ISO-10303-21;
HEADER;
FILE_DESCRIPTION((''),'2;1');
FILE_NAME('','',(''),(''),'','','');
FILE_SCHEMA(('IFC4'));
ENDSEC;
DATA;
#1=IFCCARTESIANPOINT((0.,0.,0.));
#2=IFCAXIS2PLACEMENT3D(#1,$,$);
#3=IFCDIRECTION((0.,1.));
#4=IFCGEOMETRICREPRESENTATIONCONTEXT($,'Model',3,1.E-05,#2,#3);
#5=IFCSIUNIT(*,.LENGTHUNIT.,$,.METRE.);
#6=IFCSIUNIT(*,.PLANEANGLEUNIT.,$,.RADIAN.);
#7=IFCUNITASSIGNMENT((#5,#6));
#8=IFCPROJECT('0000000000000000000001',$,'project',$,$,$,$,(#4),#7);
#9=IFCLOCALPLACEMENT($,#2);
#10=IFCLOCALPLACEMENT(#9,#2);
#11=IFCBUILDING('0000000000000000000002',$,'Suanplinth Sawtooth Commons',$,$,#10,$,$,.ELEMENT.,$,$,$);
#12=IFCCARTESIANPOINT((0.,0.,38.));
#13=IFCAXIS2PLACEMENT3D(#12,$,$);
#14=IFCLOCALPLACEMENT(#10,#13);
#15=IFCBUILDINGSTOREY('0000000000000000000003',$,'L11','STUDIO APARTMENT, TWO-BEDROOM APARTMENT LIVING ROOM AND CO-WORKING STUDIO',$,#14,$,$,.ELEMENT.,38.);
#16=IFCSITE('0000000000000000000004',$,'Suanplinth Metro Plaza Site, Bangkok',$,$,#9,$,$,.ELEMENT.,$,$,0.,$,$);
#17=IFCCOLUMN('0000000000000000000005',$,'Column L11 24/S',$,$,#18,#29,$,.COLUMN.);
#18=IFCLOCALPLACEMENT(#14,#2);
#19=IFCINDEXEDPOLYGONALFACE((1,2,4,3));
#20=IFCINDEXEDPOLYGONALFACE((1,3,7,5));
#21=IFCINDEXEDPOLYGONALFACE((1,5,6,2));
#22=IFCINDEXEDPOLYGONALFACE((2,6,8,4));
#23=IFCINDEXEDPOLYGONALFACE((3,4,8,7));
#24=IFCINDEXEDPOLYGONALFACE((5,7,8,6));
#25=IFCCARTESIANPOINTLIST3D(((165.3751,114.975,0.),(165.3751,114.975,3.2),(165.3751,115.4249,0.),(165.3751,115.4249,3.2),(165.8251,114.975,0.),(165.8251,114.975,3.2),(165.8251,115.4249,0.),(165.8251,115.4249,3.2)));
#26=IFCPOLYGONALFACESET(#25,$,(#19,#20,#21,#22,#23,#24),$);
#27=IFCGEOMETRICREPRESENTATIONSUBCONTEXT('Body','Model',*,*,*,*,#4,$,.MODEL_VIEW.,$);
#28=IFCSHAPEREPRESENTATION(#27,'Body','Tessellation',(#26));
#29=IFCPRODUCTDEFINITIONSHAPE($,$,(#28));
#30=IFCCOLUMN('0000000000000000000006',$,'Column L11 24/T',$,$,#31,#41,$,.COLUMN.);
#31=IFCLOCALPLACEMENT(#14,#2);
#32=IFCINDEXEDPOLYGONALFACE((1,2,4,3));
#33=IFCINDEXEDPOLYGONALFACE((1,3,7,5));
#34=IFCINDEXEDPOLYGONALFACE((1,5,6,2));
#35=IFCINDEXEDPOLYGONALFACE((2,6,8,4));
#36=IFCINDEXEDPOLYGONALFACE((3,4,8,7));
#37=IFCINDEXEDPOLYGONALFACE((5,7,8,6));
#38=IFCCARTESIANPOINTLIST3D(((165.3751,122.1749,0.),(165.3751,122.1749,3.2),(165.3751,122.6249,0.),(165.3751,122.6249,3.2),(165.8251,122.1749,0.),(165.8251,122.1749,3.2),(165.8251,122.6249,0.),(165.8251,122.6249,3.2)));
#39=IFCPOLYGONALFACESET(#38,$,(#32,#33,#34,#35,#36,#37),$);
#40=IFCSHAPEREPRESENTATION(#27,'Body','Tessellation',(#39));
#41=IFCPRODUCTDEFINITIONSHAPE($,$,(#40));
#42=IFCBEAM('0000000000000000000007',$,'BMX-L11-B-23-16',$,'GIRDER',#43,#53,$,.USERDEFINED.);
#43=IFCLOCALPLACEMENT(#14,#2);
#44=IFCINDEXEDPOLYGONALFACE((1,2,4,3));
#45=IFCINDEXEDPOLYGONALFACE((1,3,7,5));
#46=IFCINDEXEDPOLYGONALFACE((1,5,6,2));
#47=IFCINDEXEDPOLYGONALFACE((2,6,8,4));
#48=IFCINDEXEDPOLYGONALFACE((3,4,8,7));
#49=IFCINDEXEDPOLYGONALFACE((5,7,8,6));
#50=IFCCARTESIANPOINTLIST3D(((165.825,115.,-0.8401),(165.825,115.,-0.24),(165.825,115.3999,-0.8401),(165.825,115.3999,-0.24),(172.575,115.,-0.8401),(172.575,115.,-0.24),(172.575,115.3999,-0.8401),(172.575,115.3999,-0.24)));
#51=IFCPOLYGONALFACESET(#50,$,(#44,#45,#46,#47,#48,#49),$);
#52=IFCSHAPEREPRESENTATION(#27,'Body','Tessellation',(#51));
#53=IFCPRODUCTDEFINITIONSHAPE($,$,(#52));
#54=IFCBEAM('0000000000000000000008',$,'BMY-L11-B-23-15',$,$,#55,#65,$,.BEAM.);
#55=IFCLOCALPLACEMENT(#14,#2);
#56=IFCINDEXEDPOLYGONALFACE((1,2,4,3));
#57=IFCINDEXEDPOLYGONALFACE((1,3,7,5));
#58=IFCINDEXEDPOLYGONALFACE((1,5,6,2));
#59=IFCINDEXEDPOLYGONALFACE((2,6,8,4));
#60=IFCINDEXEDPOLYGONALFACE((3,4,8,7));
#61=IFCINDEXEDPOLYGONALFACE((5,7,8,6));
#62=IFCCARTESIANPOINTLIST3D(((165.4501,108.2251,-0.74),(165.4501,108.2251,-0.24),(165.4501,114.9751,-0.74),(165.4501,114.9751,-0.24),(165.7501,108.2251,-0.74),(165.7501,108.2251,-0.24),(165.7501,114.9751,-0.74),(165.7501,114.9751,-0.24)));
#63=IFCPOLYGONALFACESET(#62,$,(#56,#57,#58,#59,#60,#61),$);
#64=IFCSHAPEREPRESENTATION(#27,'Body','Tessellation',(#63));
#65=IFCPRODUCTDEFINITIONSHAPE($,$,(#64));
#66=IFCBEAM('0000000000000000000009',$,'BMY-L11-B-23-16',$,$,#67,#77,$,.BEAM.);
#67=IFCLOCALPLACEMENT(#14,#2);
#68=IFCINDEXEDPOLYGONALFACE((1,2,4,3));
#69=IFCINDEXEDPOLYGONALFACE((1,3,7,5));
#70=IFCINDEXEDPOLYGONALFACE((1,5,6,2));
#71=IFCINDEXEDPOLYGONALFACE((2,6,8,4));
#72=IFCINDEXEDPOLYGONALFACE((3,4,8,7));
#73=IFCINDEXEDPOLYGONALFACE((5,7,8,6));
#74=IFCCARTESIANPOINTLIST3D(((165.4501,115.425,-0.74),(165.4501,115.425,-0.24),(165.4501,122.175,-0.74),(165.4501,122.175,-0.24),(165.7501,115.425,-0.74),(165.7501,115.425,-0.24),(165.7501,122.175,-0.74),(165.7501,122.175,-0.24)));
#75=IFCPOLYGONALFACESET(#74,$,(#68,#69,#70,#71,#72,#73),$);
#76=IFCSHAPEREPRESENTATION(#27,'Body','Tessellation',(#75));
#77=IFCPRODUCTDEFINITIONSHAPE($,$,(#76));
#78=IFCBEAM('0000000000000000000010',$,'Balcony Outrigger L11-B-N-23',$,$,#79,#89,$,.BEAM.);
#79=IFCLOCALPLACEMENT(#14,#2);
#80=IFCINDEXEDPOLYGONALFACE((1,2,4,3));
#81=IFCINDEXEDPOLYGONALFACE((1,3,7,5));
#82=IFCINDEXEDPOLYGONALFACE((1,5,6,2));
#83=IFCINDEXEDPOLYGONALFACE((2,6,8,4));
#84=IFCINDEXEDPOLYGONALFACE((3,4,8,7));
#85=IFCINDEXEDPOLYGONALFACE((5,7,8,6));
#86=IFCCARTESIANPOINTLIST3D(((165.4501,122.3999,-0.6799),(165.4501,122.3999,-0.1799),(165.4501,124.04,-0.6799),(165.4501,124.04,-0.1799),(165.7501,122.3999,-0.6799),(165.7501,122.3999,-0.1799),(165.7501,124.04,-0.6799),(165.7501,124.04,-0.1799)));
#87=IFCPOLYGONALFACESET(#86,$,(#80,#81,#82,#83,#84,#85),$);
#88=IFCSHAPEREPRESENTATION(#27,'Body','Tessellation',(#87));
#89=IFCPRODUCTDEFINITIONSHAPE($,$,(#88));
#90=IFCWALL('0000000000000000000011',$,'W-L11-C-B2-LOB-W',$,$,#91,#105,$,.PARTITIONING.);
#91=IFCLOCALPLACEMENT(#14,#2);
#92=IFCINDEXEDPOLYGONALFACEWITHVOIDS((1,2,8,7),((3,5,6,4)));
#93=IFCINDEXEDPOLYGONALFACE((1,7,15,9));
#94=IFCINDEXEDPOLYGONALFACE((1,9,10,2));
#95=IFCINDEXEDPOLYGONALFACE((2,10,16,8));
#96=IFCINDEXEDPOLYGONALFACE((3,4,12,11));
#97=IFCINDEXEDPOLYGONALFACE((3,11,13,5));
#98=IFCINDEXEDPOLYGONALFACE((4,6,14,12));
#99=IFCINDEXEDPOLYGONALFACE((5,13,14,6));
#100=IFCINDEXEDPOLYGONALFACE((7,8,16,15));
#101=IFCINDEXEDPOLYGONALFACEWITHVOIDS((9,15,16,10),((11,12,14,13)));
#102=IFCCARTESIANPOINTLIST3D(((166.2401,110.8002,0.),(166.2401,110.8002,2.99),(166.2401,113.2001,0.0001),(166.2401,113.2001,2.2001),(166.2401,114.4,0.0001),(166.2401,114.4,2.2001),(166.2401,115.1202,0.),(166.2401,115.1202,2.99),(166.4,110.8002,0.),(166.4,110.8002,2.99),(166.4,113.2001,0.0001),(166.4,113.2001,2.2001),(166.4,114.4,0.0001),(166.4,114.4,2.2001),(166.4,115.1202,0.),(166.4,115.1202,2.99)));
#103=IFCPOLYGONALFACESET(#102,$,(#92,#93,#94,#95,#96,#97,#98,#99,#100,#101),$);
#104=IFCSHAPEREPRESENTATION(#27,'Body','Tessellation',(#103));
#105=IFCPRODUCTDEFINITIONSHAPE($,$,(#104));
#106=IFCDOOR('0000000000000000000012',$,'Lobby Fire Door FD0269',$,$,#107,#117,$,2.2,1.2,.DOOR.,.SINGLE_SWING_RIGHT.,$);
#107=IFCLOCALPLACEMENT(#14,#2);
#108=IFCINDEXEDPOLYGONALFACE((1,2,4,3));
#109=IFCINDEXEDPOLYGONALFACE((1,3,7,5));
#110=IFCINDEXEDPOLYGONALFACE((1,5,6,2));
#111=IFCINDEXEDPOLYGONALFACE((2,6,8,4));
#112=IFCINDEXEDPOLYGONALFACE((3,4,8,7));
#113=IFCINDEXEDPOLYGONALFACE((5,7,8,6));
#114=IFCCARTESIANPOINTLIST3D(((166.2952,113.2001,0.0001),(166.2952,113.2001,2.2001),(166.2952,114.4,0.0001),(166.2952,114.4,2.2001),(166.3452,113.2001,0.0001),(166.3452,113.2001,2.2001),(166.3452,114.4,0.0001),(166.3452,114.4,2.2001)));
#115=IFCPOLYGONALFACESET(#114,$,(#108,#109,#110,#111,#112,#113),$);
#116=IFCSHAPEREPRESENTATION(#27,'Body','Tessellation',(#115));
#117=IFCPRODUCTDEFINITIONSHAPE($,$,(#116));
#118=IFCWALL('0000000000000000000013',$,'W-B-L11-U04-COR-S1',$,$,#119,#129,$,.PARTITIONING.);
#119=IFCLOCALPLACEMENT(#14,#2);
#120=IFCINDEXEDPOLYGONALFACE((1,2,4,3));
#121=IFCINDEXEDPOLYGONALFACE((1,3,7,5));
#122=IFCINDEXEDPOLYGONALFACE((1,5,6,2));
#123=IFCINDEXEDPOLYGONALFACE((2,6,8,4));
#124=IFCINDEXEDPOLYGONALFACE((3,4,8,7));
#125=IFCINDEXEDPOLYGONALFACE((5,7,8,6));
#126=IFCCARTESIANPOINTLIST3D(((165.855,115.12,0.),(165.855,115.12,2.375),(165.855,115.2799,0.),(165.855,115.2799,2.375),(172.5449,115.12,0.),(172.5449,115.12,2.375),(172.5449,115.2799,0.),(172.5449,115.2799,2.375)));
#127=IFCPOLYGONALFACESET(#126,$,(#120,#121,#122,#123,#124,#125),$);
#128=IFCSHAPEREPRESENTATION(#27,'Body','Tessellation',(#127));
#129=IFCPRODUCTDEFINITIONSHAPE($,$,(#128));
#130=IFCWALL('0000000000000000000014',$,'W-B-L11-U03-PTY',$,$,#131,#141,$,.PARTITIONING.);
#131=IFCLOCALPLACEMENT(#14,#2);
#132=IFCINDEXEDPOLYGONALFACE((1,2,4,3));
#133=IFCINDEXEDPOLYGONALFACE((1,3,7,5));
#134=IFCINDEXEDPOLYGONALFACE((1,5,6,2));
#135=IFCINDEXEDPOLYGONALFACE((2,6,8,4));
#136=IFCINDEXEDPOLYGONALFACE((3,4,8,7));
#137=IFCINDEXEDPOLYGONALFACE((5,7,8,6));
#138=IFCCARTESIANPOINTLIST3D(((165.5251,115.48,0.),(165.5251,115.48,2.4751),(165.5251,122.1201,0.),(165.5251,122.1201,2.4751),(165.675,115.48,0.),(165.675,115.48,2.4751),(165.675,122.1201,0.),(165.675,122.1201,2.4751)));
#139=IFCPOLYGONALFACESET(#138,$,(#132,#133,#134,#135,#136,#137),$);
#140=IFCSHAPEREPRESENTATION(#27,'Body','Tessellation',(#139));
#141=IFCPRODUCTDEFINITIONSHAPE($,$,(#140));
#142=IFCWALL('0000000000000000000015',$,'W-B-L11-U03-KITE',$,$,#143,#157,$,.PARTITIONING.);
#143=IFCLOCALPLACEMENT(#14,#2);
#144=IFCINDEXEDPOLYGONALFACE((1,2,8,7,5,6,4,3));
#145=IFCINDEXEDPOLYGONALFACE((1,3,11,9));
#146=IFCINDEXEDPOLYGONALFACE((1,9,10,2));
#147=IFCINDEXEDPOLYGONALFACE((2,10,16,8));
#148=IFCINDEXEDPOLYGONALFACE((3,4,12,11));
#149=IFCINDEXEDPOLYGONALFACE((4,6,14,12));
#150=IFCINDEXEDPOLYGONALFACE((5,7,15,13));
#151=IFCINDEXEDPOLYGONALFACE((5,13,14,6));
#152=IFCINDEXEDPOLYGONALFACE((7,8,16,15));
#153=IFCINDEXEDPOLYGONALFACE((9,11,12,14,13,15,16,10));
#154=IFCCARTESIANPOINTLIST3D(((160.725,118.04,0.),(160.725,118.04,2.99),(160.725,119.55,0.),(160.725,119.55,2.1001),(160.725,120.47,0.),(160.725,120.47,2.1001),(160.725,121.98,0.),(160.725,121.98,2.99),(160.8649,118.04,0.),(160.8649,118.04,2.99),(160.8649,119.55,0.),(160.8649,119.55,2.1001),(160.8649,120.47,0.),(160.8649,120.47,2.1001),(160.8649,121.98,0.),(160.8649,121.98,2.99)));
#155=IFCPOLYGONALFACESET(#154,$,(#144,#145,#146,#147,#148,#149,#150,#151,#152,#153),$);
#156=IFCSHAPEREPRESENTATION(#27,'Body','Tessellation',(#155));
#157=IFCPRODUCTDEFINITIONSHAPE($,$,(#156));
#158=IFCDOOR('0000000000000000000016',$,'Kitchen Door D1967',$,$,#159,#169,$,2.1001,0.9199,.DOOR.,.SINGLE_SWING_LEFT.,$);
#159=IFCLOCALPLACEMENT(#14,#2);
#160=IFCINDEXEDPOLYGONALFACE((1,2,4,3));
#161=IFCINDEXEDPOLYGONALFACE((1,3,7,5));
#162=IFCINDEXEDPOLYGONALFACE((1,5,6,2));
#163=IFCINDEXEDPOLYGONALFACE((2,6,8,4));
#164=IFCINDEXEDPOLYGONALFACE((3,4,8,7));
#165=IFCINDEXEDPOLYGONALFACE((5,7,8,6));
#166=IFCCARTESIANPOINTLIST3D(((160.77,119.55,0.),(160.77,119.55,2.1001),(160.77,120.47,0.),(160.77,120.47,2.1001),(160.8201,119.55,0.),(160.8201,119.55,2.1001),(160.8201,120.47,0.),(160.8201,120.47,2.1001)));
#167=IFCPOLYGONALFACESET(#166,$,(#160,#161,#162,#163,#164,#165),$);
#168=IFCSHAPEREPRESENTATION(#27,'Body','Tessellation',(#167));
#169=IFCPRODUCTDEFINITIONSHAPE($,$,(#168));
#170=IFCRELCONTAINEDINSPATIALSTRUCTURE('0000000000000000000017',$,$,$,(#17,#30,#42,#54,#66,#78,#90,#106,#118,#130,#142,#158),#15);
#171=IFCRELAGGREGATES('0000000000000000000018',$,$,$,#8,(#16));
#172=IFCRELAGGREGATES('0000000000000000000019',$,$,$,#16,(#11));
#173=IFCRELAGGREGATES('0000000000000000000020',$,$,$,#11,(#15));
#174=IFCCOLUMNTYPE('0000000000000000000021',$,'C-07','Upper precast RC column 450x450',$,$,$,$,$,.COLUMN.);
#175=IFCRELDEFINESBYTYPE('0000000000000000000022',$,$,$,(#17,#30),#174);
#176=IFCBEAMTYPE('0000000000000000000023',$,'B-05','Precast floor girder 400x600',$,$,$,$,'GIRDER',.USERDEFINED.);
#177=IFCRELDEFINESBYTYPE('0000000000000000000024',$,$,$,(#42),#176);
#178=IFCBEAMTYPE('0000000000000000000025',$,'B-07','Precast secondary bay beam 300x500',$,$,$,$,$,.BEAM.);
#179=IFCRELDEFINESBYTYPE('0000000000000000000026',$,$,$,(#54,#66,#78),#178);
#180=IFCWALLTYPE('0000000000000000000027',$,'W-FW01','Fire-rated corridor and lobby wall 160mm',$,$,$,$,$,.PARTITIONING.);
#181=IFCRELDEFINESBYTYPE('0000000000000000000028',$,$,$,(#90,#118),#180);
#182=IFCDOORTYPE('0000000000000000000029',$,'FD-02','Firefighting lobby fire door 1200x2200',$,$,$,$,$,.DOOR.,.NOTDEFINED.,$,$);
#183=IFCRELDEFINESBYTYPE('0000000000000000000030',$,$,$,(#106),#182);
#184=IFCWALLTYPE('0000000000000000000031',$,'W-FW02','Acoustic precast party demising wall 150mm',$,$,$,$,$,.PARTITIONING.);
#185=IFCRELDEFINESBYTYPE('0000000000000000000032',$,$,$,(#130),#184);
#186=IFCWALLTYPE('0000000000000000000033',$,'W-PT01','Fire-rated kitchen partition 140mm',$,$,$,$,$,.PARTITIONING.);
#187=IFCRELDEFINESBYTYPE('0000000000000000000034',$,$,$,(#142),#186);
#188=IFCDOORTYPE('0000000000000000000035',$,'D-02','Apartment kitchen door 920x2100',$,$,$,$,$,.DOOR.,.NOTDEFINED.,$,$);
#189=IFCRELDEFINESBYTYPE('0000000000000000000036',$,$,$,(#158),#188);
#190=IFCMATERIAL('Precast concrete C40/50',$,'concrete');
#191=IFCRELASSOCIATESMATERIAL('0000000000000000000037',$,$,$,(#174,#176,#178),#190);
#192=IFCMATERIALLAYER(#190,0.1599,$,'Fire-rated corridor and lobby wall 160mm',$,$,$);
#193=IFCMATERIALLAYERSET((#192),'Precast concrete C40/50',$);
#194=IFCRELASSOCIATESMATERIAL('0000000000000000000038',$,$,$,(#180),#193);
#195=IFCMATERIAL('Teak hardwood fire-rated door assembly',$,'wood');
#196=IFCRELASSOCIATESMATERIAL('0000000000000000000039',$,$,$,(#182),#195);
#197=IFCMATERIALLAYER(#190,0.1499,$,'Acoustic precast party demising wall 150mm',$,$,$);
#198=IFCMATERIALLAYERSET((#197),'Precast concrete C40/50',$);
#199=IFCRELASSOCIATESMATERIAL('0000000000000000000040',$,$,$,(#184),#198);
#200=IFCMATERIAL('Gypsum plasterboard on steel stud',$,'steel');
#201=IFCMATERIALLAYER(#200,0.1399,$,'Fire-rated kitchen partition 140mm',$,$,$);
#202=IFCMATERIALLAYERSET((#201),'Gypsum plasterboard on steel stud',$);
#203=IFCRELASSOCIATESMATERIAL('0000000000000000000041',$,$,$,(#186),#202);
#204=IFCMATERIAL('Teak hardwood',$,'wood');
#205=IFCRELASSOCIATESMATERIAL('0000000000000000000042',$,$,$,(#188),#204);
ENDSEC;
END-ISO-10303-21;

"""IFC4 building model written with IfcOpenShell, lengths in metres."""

from ifc_helpers import new_model, si_unit, direction, frame, frame_2d, origin, origin_2d, place, context, subcontext, project, spatial, rectangle, extrude, material, layer, layer_set, material_profile, profile_set, type_object, element, fill, save


model = new_model("IFC4")

# Units and contexts
model_context = context("Model", 3, precision=1e-05, world=origin(), true_north=direction((0.0, 1.0)))
body_context = subcontext(model_context, "Body", "Model", "MODEL_VIEW")
ifc_project = project(units=[si_unit("LENGTHUNIT", "METRE"), si_unit("PLANEANGLEUNIT", "RADIAN")], contexts=[model_context])

# Site, building, storey
site_placement = place(None, origin())
site = spatial("IfcSite", under=ifc_project, at=site_placement, Name="Suanplinth Metro Plaza Site, Bangkok", CompositionType="ELEMENT", RefElevation=0.0)
building_placement = place(site_placement, origin())
building = spatial("IfcBuilding", under=site, at=building_placement, Name="Suanplinth Sawtooth Commons", CompositionType="ELEMENT")
storey_placement = place(building_placement, frame((0.0, 0.0, 38.0)))
storey = spatial("IfcBuildingStorey", under=building, at=storey_placement, Name="L11", Description="STUDIO APARTMENT, TWO-BEDROOM APARTMENT LIVING ROOM AND CO-WORKING STUDIO", CompositionType="ELEMENT", Elevation=38.0)

# Columns
ifc_material_1 = material(Name="Precast concrete C40/50", Category="concrete")
ifc_material_profile_1 = material_profile(ifc_material_1, rectangle(XDim=0.45, YDim=0.45, at=origin_2d()), Name="PC-COL 450x450")
ifc_profile_set_1 = profile_set([ifc_material_profile_1], Name="Precast concrete C40/50")
column_type = type_object("IfcColumnType", Name="C-07", Description="Upper precast RC column 450x450", PredefinedType="COLUMN", material=ifc_profile_set_1)
for number, where, z_axis, x_axis, name in (
    (1, (165.6001, 115.2, 0.0), (0.0, 0.0, 1.0), (1.0, 0.0, 0.0), "Column L11 24/S"),
    (2, (165.6001, 122.3999, 0.0), (0.0, 0.0, 1.0), (1.0, 0.0, 0.0), "Column L11 24/T"),
):
    element("IfcColumn", number, at=place(storey_placement, frame(where, z_axis=z_axis, x_axis=x_axis)), inside=storey, type_object=column_type, Name=name, PredefinedType="COLUMN", context=body_context, shape_type="SweptSolid", body=[
        extrude(rectangle(XDim=0.45, YDim=0.45, at=origin_2d()), origin(), (0.0, 0.0, 1.0), 3.2),
    ])

# Beams
ifc_material_profile_2 = material_profile(ifc_material_1, rectangle(XDim=0.3999, YDim=0.6001, at=origin_2d()), Name="PC-GDR 400x600")
ifc_profile_set_2 = profile_set([ifc_material_profile_2], Name="Precast concrete C40/50")
beam_type_1 = type_object("IfcBeamType", Name="B-05", Description="Precast floor girder 400x600", ElementType="GIRDER", PredefinedType="USERDEFINED", material=ifc_profile_set_2)
beam_1_placement = place(storey_placement, frame((165.825, 115.2, -0.54), z_axis=(1.0, 0.0, 0.0), x_axis=(0.0, 1.0, 0.0)))
element("IfcBeam", 3, at=beam_1_placement, inside=storey, type_object=beam_type_1, Name="BMX-L11-B-23-16", ObjectType="GIRDER", PredefinedType="USERDEFINED", context=body_context, shape_type="SweptSolid", body=[
    extrude(rectangle(XDim=0.3999, YDim=0.6001, at=origin_2d()), origin(), (0.0, 0.0, 1.0), 6.75),
])
ifc_material_profile_3 = material_profile(ifc_material_1, rectangle(XDim=0.3, YDim=0.5, at=origin_2d()), Name="PC-BM 300x500")
ifc_profile_set_3 = profile_set([ifc_material_profile_3], Name="Precast concrete C40/50")
beam_type_2 = type_object("IfcBeamType", Name="B-07", Description="Precast secondary bay beam 300x500", PredefinedType="BEAM", material=ifc_profile_set_3)
for number, where, z_axis, x_axis, name in (
    (4, (165.6001, 108.2251, -0.49), (0.0, 1.0, 0.0), (-1.0, 0.0, 0.0), "BMY-L11-B-23-15"),
    (5, (165.6001, 115.425, -0.49), (0.0, 1.0, 0.0), (-1.0, 0.0, 0.0), "BMY-L11-B-23-16"),
):
    element("IfcBeam", number, at=place(storey_placement, frame(where, z_axis=z_axis, x_axis=x_axis)), inside=storey, type_object=beam_type_2, Name=name, PredefinedType="BEAM", context=body_context, shape_type="SweptSolid", body=[
        extrude(rectangle(XDim=0.3, YDim=0.5, at=origin_2d()), origin(), (0.0, 0.0, 1.0), 6.75),
    ])
beam_2_placement = place(storey_placement, frame((165.6001, 122.3999, -0.4299), z_axis=(0.0, 1.0, 0.0), x_axis=(-1.0, 0.0, 0.0)))
element("IfcBeam", 6, at=beam_2_placement, inside=storey, type_object=beam_type_2, Name="Balcony Outrigger L11-B-N-23", PredefinedType="BEAM", context=body_context, shape_type="SweptSolid", body=[
    extrude(rectangle(XDim=0.3, YDim=0.5, at=origin_2d()), origin(), (0.0, 0.0, 1.0), 1.6401),
])

# Wall, opening, door
ifc_layer_1 = layer(ifc_material_1, 0.1599, Name="Fire-rated corridor and lobby wall 160mm")
ifc_layer_set_1 = layer_set([ifc_layer_1], Name="Precast concrete C40/50")
wall_type_1 = type_object("IfcWallType", Name="W-FW01", Description="Fire-rated corridor and lobby wall 160mm", PredefinedType="PARTITIONING", material=ifc_layer_set_1)
wall_1_placement = place(storey_placement, frame((166.3201, 110.8, 0.0), z_axis=(0.0, 0.0, 1.0), x_axis=(0.0, 1.0, 0.0)))
wall_1 = element("IfcWall", 7, at=wall_1_placement, inside=storey, type_object=wall_type_1, Name="W-L11-C-B2-LOB-W", PredefinedType="PARTITIONING", context=body_context, shape_type="SweptSolid", body=[
    extrude(rectangle(XDim=4.3201, YDim=0.1599, at=frame_2d((2.1602, 0.0))), origin(), (0.0, 0.0, 1.0), 2.99),
])
opening_1_placement = place(wall_1_placement, frame((2.3999, 0.0, 0.0)))
opening_1 = element("IfcOpeningElement", 8, at=opening_1_placement, cuts=wall_1, PredefinedType="OPENING", context=body_context, shape_type="SweptSolid", body=[
    extrude(rectangle(XDim=1.2, YDim=2.2, at=frame_2d((0.6001, 1.1001))), frame((0.0, 0.0947, 0.0), z_axis=(0.0, -1.0, 0.0), x_axis=(1.0, 0.0, 0.0)), (0.0, 0.0, 1.0), 0.1897),
])
ifc_material_2 = material(Name="Teak hardwood fire-rated door assembly", Category="wood")
door_type_1 = type_object("IfcDoorType", Name="FD-02", Description="Firefighting lobby fire door 1200x2200", OperationType="NOTDEFINED", PredefinedType="DOOR", material=ifc_material_2)
door_1_placement = place(opening_1_placement, origin())
door_1 = element("IfcDoor", 9, at=door_1_placement, inside=storey, type_object=door_type_1, Name="Lobby Fire Door FD0269", OperationType="SINGLE_SWING_RIGHT", OverallHeight=2.2, OverallWidth=1.2, PredefinedType="DOOR", context=body_context, shape_type="SweptSolid", body=[
    extrude(rectangle(XDim=1.2, YDim=2.2, at=frame_2d((0.6001, 1.1001))), frame((0.0, 0.0249, 0.0), z_axis=(0.0, -1.0, 0.0), x_axis=(1.0, 0.0, 0.0)), (0.0, 0.0, 1.0), 0.05),
])
fill(opening_1, door_1)

# Walls
wall_2_placement = place(storey_placement, frame((165.855, 115.2, 0.0), z_axis=(0.0, 0.0, 1.0), x_axis=(1.0, 0.0, 0.0)))
element("IfcWall", 10, at=wall_2_placement, inside=storey, type_object=wall_type_1, Name="W-B-L11-U04-COR-S1", PredefinedType="PARTITIONING", context=body_context, shape_type="SweptSolid", body=[
    extrude(rectangle(XDim=6.6899, YDim=0.1599, at=frame_2d((3.345, 0.0))), origin(), (0.0, 0.0, 1.0), 2.375),
])
ifc_layer_2 = layer(ifc_material_1, 0.1499, Name="Acoustic precast party demising wall 150mm")
ifc_layer_set_2 = layer_set([ifc_layer_2], Name="Precast concrete C40/50")
wall_type_2 = type_object("IfcWallType", Name="W-FW02", Description="Acoustic precast party demising wall 150mm", PredefinedType="PARTITIONING", material=ifc_layer_set_2)
wall_3_placement = place(storey_placement, frame((165.6001, 115.48, 0.0), z_axis=(0.0, 0.0, 1.0), x_axis=(0.0, 1.0, 0.0)))
element("IfcWall", 11, at=wall_3_placement, inside=storey, type_object=wall_type_2, Name="W-B-L11-U03-PTY", PredefinedType="PARTITIONING", context=body_context, shape_type="SweptSolid", body=[
    extrude(rectangle(XDim=6.6401, YDim=0.1499, at=frame_2d((3.3201, 0.0))), origin(), (0.0, 0.0, 1.0), 2.4751),
])

# Wall, opening, door
ifc_material_3 = material(Name="Gypsum plasterboard on steel stud", Category="steel")
ifc_layer_3 = layer(ifc_material_3, 0.1399, Name="Fire-rated kitchen partition 140mm")
ifc_layer_set_3 = layer_set([ifc_layer_3], Name="Gypsum plasterboard on steel stud")
wall_type_3 = type_object("IfcWallType", Name="W-PT01", Description="Fire-rated kitchen partition 140mm", PredefinedType="PARTITIONING", material=ifc_layer_set_3)
wall_4_placement = place(storey_placement, frame((160.7949, 118.04, 0.0), z_axis=(0.0, 0.0, 1.0), x_axis=(0.0, 1.0, 0.0)))
wall_4 = element("IfcWall", 12, at=wall_4_placement, inside=storey, type_object=wall_type_3, Name="W-B-L11-U03-KITE", PredefinedType="PARTITIONING", context=body_context, shape_type="SweptSolid", body=[
    extrude(rectangle(XDim=3.9399, YDim=0.1399, at=frame_2d((1.97, 0.0))), origin(), (0.0, 0.0, 1.0), 2.99),
])
opening_2_placement = place(wall_4_placement, frame((1.51, 0.0, 0.0)))
opening_2 = element("IfcOpeningElement", 13, at=opening_2_placement, cuts=wall_4, PredefinedType="OPENING", context=body_context, shape_type="SweptSolid", body=[
    extrude(rectangle(XDim=0.9199, YDim=2.1001, at=frame_2d((0.46, 1.05))), frame((0.0, 0.085, 0.0), z_axis=(0.0, -1.0, 0.0), x_axis=(1.0, 0.0, 0.0)), (0.0, 0.0, 1.0), 0.1697),
])
ifc_material_4 = material(Name="Teak hardwood", Category="wood")
door_type_2 = type_object("IfcDoorType", Name="D-02", Description="Apartment kitchen door 920x2100", OperationType="NOTDEFINED", PredefinedType="DOOR", material=ifc_material_4)
door_2_placement = place(opening_2_placement, origin())
door_2 = element("IfcDoor", 14, at=door_2_placement, inside=storey, type_object=door_type_2, Name="Kitchen Door D1967", OperationType="SINGLE_SWING_LEFT", OverallHeight=2.1001, OverallWidth=0.9199, PredefinedType="DOOR", context=body_context, shape_type="SweptSolid", body=[
    extrude(rectangle(XDim=0.9199, YDim=2.1001, at=frame_2d((0.46, 1.05))), frame((0.0, 0.0249, 0.0), z_axis=(0.0, -1.0, 0.0), x_axis=(1.0, 0.0, 0.0)), (0.0, 0.0, 1.0), 0.05),
])
fill(opening_2, door_2)

save(model, "model.ifc")
